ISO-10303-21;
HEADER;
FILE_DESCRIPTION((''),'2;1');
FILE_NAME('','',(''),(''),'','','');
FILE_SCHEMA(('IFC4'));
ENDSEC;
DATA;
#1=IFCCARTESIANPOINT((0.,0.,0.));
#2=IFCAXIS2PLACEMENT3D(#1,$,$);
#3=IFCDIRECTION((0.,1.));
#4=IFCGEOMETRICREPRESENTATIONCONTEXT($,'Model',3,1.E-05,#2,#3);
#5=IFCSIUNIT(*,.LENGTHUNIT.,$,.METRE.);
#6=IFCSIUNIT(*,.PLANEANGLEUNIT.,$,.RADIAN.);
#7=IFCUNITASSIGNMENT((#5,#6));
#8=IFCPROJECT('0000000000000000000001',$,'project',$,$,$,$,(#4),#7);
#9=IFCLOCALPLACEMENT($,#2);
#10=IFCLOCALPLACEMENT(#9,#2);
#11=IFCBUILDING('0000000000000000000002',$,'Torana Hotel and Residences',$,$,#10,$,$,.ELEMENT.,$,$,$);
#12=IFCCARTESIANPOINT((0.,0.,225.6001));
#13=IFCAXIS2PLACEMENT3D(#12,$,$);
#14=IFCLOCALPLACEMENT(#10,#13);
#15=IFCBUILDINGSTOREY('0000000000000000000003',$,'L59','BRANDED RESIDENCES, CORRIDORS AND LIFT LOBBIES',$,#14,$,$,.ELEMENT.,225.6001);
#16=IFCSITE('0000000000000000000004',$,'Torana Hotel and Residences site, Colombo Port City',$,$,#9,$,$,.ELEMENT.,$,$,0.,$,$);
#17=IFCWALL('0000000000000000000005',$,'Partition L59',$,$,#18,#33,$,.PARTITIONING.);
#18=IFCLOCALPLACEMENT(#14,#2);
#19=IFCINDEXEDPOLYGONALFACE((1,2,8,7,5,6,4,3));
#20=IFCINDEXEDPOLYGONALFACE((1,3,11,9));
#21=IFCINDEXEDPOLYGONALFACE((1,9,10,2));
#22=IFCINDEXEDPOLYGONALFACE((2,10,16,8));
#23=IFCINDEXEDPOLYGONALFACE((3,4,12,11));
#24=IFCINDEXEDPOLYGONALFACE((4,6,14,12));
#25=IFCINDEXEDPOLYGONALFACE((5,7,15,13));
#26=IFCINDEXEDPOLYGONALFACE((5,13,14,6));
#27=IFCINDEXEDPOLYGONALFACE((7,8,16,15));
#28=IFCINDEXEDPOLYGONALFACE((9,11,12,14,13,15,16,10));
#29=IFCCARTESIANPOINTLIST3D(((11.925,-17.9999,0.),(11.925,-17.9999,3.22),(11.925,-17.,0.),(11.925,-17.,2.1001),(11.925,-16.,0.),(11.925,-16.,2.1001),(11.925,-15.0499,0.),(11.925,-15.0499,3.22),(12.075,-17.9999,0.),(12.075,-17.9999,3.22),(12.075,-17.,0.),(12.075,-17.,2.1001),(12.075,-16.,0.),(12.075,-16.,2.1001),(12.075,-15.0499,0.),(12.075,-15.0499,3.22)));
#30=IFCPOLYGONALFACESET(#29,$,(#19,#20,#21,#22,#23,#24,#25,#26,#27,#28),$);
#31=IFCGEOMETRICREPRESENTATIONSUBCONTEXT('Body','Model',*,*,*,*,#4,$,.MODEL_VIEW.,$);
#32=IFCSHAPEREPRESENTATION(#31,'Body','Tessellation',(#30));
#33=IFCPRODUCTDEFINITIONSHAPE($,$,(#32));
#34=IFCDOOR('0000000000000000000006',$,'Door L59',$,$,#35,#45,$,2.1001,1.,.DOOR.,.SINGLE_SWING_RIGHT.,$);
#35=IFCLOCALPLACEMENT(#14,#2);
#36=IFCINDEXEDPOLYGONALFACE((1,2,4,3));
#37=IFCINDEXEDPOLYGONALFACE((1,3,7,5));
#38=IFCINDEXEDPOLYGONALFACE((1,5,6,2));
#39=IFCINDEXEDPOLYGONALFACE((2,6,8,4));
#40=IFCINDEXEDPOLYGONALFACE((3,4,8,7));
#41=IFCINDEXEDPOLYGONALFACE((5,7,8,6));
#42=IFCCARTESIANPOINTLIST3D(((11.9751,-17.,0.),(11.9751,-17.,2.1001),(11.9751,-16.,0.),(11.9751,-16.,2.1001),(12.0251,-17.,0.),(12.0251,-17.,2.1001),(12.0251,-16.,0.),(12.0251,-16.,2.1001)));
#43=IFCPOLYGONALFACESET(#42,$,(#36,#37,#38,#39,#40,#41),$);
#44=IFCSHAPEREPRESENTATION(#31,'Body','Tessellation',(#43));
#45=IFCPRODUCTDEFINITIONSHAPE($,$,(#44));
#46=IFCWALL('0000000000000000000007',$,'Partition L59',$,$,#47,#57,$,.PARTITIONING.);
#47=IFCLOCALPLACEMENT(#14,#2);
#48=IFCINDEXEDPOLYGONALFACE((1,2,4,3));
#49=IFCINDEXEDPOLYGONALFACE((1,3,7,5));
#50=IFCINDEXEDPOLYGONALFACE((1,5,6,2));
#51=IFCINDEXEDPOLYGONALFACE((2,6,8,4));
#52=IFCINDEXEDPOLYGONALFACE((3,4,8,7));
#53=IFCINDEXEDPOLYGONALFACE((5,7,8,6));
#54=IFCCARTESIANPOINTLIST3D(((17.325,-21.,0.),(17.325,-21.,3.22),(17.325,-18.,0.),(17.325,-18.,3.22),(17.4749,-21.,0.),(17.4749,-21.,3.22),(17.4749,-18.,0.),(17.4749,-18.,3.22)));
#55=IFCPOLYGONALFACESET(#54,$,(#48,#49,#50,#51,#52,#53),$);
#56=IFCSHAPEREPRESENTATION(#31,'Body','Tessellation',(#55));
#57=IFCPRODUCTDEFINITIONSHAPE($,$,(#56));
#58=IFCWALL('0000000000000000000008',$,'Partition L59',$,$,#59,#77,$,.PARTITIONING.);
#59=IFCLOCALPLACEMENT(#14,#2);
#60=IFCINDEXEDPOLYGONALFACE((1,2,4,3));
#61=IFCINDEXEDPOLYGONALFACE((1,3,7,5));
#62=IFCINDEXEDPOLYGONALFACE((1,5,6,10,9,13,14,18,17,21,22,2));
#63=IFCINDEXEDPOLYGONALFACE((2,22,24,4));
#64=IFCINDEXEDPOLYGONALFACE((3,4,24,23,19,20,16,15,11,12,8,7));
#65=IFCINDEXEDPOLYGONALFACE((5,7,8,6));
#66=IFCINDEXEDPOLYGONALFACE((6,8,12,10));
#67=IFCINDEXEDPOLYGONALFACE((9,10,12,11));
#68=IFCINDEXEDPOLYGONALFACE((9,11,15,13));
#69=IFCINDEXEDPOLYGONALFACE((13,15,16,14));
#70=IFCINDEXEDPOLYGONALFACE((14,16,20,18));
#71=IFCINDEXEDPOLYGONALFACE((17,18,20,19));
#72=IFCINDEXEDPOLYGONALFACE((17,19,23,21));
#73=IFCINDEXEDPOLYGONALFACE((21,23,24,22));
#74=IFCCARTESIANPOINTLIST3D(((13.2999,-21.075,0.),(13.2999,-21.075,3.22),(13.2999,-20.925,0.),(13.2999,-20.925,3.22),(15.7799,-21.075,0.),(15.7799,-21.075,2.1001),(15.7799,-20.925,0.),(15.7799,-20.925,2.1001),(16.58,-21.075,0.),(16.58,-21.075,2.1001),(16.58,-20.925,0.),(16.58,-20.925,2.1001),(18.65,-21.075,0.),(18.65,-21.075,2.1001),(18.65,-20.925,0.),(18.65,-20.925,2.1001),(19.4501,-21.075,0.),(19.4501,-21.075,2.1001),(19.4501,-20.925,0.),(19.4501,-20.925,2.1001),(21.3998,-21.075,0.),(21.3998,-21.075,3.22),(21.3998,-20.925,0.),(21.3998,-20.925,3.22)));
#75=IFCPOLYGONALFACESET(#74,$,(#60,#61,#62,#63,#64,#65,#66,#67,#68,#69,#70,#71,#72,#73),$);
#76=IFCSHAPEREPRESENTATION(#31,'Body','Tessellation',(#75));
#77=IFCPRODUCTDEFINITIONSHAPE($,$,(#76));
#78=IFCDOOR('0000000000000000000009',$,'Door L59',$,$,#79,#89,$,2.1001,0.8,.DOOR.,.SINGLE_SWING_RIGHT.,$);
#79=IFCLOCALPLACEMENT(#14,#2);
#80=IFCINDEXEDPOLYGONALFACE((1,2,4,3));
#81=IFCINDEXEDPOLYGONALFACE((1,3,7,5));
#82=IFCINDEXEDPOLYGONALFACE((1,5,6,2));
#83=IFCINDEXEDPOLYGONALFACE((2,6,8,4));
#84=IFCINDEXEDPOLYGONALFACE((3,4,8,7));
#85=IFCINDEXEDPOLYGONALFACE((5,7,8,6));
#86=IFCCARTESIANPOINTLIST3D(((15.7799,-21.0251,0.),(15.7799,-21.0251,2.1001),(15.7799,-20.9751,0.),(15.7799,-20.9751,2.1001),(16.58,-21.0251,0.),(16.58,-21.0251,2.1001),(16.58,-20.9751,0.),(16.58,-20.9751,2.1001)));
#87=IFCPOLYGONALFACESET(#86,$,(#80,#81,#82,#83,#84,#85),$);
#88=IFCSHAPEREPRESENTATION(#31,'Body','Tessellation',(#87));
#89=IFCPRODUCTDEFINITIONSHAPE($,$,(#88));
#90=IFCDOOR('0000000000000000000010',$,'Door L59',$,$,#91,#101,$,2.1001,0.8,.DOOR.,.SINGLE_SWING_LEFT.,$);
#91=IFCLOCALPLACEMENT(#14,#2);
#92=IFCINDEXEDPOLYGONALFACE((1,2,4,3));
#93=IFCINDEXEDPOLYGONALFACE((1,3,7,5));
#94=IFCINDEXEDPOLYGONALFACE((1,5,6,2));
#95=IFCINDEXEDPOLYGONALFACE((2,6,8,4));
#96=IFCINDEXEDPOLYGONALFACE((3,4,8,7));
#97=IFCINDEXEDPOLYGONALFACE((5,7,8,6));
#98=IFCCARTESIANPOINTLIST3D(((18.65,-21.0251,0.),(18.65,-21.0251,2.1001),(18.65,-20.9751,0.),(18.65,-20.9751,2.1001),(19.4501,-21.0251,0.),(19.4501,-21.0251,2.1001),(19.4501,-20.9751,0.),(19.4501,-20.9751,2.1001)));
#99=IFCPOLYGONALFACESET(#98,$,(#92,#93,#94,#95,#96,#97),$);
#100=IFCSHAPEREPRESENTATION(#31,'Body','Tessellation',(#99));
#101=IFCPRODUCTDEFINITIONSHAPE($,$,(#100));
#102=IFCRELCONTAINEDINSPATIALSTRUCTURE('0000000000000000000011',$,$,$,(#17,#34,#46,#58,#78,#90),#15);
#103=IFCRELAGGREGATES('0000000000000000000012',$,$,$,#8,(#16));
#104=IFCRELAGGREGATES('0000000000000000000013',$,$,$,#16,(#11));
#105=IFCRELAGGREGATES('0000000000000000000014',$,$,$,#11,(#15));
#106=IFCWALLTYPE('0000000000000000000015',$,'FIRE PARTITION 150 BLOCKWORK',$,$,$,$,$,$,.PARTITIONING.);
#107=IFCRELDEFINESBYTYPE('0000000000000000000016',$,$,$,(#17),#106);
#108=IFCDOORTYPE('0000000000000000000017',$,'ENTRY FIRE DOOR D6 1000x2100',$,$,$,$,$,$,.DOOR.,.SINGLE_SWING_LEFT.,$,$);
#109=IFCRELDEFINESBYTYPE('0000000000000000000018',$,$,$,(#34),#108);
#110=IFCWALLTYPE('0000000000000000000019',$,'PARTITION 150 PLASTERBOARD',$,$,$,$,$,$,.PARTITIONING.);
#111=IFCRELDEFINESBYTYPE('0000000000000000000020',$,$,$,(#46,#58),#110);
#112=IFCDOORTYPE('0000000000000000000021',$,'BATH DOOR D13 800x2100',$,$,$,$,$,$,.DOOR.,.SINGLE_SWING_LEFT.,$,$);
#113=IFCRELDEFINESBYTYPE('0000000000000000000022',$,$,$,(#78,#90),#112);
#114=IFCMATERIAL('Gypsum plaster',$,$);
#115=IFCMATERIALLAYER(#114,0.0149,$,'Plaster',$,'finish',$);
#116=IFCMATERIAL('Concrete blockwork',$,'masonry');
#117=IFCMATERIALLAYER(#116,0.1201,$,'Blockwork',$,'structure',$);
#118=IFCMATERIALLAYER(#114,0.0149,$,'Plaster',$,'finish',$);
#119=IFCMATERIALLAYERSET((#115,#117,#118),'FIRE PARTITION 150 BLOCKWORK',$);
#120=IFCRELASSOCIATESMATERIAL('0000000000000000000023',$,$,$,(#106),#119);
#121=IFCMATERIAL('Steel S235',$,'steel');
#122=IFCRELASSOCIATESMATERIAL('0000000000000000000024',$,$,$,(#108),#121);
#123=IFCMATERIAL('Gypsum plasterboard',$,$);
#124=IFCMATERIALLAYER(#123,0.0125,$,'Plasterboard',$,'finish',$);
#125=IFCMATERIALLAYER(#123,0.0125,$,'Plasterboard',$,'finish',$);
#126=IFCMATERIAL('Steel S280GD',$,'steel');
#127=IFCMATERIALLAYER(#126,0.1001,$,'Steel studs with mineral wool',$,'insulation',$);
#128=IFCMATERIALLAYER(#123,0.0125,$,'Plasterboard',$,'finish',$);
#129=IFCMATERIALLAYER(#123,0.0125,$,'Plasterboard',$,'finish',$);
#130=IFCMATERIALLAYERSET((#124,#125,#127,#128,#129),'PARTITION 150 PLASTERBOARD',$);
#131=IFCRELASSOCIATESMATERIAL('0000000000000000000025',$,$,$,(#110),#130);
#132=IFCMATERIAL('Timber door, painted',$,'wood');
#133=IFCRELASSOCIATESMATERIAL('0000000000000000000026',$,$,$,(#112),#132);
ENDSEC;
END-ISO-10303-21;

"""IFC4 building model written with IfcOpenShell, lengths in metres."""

from ifc_helpers import new_model, si_unit, direction, frame, frame_2d, origin, place, context, subcontext, project, spatial, rectangle, extrude, material, layer, layer_set, type_object, element, fill, save


model = new_model("IFC4")

# Units and contexts
model_context = context("Model", 3, precision=1e-05, world=origin(), true_north=direction((0.0, 1.0)))
body_context = subcontext(model_context, "Body", "Model", "MODEL_VIEW")
ifc_project = project(units=[si_unit("LENGTHUNIT", "METRE"), si_unit("PLANEANGLEUNIT", "RADIAN")], contexts=[model_context])

# Site, building, storey
site_placement = place(None, origin())
site = spatial("IfcSite", under=ifc_project, at=site_placement, Name="Torana Hotel and Residences site, Colombo Port City", CompositionType="ELEMENT", RefElevation=0.0)
building_placement = place(site_placement, origin())
building = spatial("IfcBuilding", under=site, at=building_placement, Name="Torana Hotel and Residences", CompositionType="ELEMENT")
storey_placement = place(building_placement, frame((0.0, 0.0, 225.6001)))
storey = spatial("IfcBuildingStorey", under=building, at=storey_placement, Name="L59", Description="BRANDED RESIDENCES, CORRIDORS AND LIFT LOBBIES", CompositionType="ELEMENT", Elevation=225.6001)

# Wall, opening, door
ifc_material_1 = material(Name="Gypsum plaster")
ifc_layer_1 = layer(ifc_material_1, 0.0149, Name="Plaster", Category="finish")
ifc_material_2 = material(Name="Concrete blockwork", Category="masonry")
ifc_layer_2 = layer(ifc_material_2, 0.1201, Name="Blockwork", Category="structure")
ifc_layer_3 = layer(ifc_material_1, 0.0149, Name="Plaster", Category="finish")
ifc_layer_set_1 = layer_set([ifc_layer_1, ifc_layer_2, ifc_layer_3], Name="FIRE PARTITION 150 BLOCKWORK")
wall_type_1 = type_object("IfcWallType", Name="FIRE PARTITION 150 BLOCKWORK", PredefinedType="PARTITIONING", material=ifc_layer_set_1)
wall_1_placement = place(storey_placement, frame((12.0, -18.0, 0.0), z_axis=(0.0, 0.0, 1.0), x_axis=(0.0, 1.0, 0.0)))
wall_1 = element("IfcWall", 1, at=wall_1_placement, inside=storey, type_object=wall_type_1, Name="Partition L59", PredefinedType="PARTITIONING", context=body_context, shape_type="SweptSolid", body=[
    extrude(rectangle(XDim=2.95, YDim=0.1499, at=frame_2d((1.4751, 0.0))), origin(), (0.0, 0.0, 1.0), 3.22),
])
opening_1_placement = place(wall_1_placement, frame((1.0, 0.0, 0.0)))
opening_1 = element("IfcOpeningElement", 2, at=opening_1_placement, cuts=wall_1, PredefinedType="OPENING", context=body_context, shape_type="SweptSolid", body=[
    extrude(rectangle(XDim=1.0, YDim=2.1001, at=frame_2d((0.5, 1.05))), frame((0.0, 0.085, 0.0), z_axis=(0.0, -1.0, 0.0), x_axis=(1.0, 0.0, 0.0)), (0.0, 0.0, 1.0), 0.1699),
])
ifc_material_3 = material(Name="Steel S235", Category="steel")
door_type_1 = type_object("IfcDoorType", Name="ENTRY FIRE DOOR D6 1000x2100", OperationType="SINGLE_SWING_LEFT", PredefinedType="DOOR", material=ifc_material_3)
door_1_placement = place(opening_1_placement, origin())
door_1 = element("IfcDoor", 3, at=door_1_placement, inside=storey, type_object=door_type_1, Name="Door L59", OperationType="SINGLE_SWING_RIGHT", OverallHeight=2.1001, OverallWidth=1.0, PredefinedType="DOOR", context=body_context, shape_type="SweptSolid", body=[
    extrude(rectangle(XDim=1.0, YDim=2.1001, at=frame_2d((0.5, 1.05))), frame((0.0, 0.0249, 0.0), z_axis=(0.0, -1.0, 0.0), x_axis=(1.0, 0.0, 0.0)), (0.0, 0.0, 1.0), 0.05),
])
fill(opening_1, door_1)

# Wall
ifc_material_4 = material(Name="Gypsum plasterboard")
ifc_layer_4 = layer(ifc_material_4, 0.0125, Name="Plasterboard", Category="finish")
ifc_layer_5 = layer(ifc_material_4, 0.0125, Name="Plasterboard", Category="finish")
ifc_material_5 = material(Name="Steel S280GD", Category="steel")
ifc_layer_6 = layer(ifc_material_5, 0.1001, Name="Steel studs with mineral wool", Category="insulation")
ifc_layer_7 = layer(ifc_material_4, 0.0125, Name="Plasterboard", Category="finish")
ifc_layer_8 = layer(ifc_material_4, 0.0125, Name="Plasterboard", Category="finish")
ifc_layer_set_2 = layer_set([ifc_layer_4, ifc_layer_5, ifc_layer_6, ifc_layer_7, ifc_layer_8], Name="PARTITION 150 PLASTERBOARD")
wall_type_2 = type_object("IfcWallType", Name="PARTITION 150 PLASTERBOARD", PredefinedType="PARTITIONING", material=ifc_layer_set_2)
wall_2_placement = place(storey_placement, frame((17.3999, -21.0, 0.0), z_axis=(0.0, 0.0, 1.0), x_axis=(0.0, 1.0, 0.0)))
element("IfcWall", 4, at=wall_2_placement, inside=storey, type_object=wall_type_2, Name="Partition L59", PredefinedType="PARTITIONING", context=body_context, shape_type="SweptSolid", body=[
    extrude(rectangle(XDim=3.0, YDim=0.1499, at=frame_2d((1.5, 0.0))), origin(), (0.0, 0.0, 1.0), 3.22),
])

# Wall, openings, doors
wall_3_placement = place(storey_placement, frame((13.3, -21.0, 0.0), z_axis=(0.0, 0.0, 1.0), x_axis=(1.0, 0.0, 0.0)))
wall_3 = element("IfcWall", 5, at=wall_3_placement, inside=storey, type_object=wall_type_2, Name="Partition L59", PredefinedType="PARTITIONING", context=body_context, shape_type="SweptSolid", body=[
    extrude(rectangle(XDim=8.0999, YDim=0.1499, at=frame_2d((4.0498, 0.0))), origin(), (0.0, 0.0, 1.0), 3.22),
])
opening_2_placement = place(wall_3_placement, frame((2.48, 0.0, 0.0)))
opening_2 = element("IfcOpeningElement", 6, at=opening_2_placement, cuts=wall_3, PredefinedType="OPENING", context=body_context, shape_type="SweptSolid", body=[
    extrude(rectangle(XDim=0.8, YDim=2.1001, at=frame_2d((0.3999, 1.05))), frame((0.0, 0.085, 0.0), z_axis=(0.0, -1.0, 0.0), x_axis=(1.0, 0.0, 0.0)), (0.0, 0.0, 1.0), 0.1699),
])
opening_3_placement = place(wall_3_placement, frame((5.3501, 0.0, 0.0)))
opening_3 = element("IfcOpeningElement", 7, at=opening_3_placement, cuts=wall_3, PredefinedType="OPENING", context=body_context, shape_type="SweptSolid", body=[
    extrude(rectangle(XDim=0.8, YDim=2.1001, at=frame_2d((0.3999, 1.05))), frame((0.0, 0.085, 0.0), z_axis=(0.0, -1.0, 0.0), x_axis=(1.0, 0.0, 0.0)), (0.0, 0.0, 1.0), 0.1699),
])
ifc_material_6 = material(Name="Timber door, painted", Category="wood")
door_type_2 = type_object("IfcDoorType", Name="BATH DOOR D13 800x2100", OperationType="SINGLE_SWING_LEFT", PredefinedType="DOOR", material=ifc_material_6)
door_2_placement = place(opening_2_placement, origin())
door_2 = element("IfcDoor", 8, at=door_2_placement, inside=storey, type_object=door_type_2, Name="Door L59", OperationType="SINGLE_SWING_RIGHT", OverallHeight=2.1001, OverallWidth=0.8, PredefinedType="DOOR", context=body_context, shape_type="SweptSolid", body=[
    extrude(rectangle(XDim=0.8, YDim=2.1001, at=frame_2d((0.3999, 1.05))), frame((0.0, 0.0249, 0.0), z_axis=(0.0, -1.0, 0.0), x_axis=(1.0, 0.0, 0.0)), (0.0, 0.0, 1.0), 0.05),
])
fill(opening_2, door_2)
door_3_placement = place(opening_3_placement, origin())
door_3 = element("IfcDoor", 9, at=door_3_placement, inside=storey, type_object=door_type_2, Name="Door L59", OperationType="SINGLE_SWING_LEFT", OverallHeight=2.1001, OverallWidth=0.8, PredefinedType="DOOR", context=body_context, shape_type="SweptSolid", body=[
    extrude(rectangle(XDim=0.8, YDim=2.1001, at=frame_2d((0.3999, 1.05))), frame((0.0, 0.0249, 0.0), z_axis=(0.0, -1.0, 0.0), x_axis=(1.0, 0.0, 0.0)), (0.0, 0.0, 1.0), 0.05),
])
fill(opening_3, door_3)

save(model, "model.ifc")
